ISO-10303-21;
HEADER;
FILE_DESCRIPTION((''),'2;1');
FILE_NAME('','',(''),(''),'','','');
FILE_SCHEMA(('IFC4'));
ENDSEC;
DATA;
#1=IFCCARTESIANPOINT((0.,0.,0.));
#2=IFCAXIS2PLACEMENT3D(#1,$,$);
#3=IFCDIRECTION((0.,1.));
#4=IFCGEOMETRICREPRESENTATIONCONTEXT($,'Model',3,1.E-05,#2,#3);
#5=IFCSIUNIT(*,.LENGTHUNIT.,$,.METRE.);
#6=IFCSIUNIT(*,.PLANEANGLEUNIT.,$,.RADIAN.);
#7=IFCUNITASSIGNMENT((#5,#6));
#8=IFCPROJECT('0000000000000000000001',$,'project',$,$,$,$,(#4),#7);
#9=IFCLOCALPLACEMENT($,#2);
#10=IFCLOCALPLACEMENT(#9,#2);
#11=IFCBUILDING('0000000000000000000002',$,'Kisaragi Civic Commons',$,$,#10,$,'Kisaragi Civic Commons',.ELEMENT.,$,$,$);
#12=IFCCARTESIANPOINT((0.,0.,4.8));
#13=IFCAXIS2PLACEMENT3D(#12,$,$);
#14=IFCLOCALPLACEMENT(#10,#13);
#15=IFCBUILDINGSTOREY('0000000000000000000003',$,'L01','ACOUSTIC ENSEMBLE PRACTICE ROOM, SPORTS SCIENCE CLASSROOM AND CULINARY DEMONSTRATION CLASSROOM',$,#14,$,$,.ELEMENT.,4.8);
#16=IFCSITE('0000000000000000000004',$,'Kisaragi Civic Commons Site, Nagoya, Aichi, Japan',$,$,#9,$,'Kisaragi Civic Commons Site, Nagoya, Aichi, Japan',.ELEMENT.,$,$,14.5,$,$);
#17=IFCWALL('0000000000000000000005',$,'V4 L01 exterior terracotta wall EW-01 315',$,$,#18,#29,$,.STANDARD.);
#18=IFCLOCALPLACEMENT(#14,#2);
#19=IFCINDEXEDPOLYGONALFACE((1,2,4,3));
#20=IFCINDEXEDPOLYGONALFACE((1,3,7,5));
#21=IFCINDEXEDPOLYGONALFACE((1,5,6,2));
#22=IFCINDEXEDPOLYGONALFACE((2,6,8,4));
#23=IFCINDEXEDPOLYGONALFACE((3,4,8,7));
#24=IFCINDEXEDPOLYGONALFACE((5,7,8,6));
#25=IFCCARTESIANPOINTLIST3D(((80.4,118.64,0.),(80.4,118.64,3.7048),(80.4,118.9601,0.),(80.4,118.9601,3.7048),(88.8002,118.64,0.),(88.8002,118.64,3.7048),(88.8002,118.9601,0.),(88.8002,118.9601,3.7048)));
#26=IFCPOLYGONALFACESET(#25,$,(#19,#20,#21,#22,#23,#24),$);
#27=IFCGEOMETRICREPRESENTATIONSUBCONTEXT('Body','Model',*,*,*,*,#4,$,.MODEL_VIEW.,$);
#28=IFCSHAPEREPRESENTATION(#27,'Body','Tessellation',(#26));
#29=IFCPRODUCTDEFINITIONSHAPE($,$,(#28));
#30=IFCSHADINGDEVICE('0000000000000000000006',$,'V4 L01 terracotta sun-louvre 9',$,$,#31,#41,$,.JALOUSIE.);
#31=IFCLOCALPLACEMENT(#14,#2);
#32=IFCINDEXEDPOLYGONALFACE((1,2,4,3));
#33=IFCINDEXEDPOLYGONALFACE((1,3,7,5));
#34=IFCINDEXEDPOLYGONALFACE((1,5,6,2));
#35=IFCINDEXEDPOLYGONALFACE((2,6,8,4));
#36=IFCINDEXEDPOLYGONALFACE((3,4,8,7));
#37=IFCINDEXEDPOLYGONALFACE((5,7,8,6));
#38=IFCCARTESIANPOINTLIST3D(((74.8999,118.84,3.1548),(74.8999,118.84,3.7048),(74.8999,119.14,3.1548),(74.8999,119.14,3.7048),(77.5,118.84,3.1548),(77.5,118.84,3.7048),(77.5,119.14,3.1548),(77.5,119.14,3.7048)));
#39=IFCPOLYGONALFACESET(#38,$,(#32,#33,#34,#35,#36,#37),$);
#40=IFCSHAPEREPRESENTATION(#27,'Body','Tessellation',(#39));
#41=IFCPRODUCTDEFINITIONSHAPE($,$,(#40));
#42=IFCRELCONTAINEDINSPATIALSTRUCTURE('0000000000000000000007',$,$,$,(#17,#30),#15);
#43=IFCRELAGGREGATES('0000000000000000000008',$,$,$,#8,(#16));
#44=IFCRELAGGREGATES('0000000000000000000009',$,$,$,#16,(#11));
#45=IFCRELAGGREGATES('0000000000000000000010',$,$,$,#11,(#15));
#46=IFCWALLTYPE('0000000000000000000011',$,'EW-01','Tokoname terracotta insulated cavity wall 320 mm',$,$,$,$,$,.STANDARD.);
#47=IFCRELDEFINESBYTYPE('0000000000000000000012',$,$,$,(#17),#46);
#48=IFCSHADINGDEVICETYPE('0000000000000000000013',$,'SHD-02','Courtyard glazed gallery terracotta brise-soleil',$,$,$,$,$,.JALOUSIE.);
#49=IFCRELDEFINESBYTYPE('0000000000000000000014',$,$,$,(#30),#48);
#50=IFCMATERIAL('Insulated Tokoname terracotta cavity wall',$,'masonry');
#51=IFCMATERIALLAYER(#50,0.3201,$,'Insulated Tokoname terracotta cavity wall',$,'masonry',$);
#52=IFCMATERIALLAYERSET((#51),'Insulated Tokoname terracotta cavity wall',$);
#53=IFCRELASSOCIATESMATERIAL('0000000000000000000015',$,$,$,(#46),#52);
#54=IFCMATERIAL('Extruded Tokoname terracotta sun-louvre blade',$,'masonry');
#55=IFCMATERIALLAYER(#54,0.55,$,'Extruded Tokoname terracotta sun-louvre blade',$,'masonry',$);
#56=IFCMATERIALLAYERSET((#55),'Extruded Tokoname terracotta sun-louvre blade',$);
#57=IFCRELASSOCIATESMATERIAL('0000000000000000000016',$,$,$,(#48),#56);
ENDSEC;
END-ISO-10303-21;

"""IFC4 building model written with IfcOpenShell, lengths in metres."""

from ifc_helpers import new_model, si_unit, direction, frame, frame_2d, origin, origin_2d, place, context, subcontext, project, spatial, rectangle, extrude, material, layer, layer_set, type_object, element, save


model = new_model("IFC4")

# Units and contexts
model_context = context("Model", 3, precision=1e-05, world=origin(), true_north=direction((0.0, 1.0)))
body_context = subcontext(model_context, "Body", "Model", "MODEL_VIEW")
ifc_project = project(units=[si_unit("LENGTHUNIT", "METRE"), si_unit("PLANEANGLEUNIT", "RADIAN")], contexts=[model_context])

# Site, building, storey
site_placement = place(None, origin())
site = spatial("IfcSite", under=ifc_project, at=site_placement, Name="Kisaragi Civic Commons Site, Nagoya, Aichi, Japan", LongName="Kisaragi Civic Commons Site, Nagoya, Aichi, Japan", CompositionType="ELEMENT", RefElevation=14.5)
building_placement = place(site_placement, origin())
building = spatial("IfcBuilding", under=site, at=building_placement, Name="Kisaragi Civic Commons", LongName="Kisaragi Civic Commons", CompositionType="ELEMENT")
storey_placement = place(building_placement, frame((0.0, 0.0, 4.8)))
storey = spatial("IfcBuildingStorey", under=building, at=storey_placement, Name="L01", Description="ACOUSTIC ENSEMBLE PRACTICE ROOM, SPORTS SCIENCE CLASSROOM AND CULINARY DEMONSTRATION CLASSROOM", CompositionType="ELEMENT", Elevation=4.8)

# Wall
ifc_material_1 = material(Name="Insulated Tokoname terracotta cavity wall", Category="masonry")
ifc_layer_1 = layer(ifc_material_1, 0.3201, Name="Insulated Tokoname terracotta cavity wall", Category="masonry")
ifc_layer_set_1 = layer_set([ifc_layer_1], Name="Insulated Tokoname terracotta cavity wall")
wall_type = type_object("IfcWallType", Name="EW-01", Description="Tokoname terracotta insulated cavity wall 320 mm", PredefinedType="STANDARD", material=ifc_layer_set_1)
wall_placement = place(storey_placement, frame((80.3999, 118.8, 0.0), z_axis=(0.0, 0.0, 1.0), x_axis=(1.0, 0.0, 0.0)))
element("IfcWall", 1, at=wall_placement, inside=storey, type_object=wall_type, Name="V4 L01 exterior terracotta wall EW-01 315", PredefinedType="STANDARD", context=body_context, shape_type="SweptSolid", body=[
    extrude(rectangle(XDim=8.4001, YDim=0.3201, at=frame_2d((4.2002, 0.0))), origin(), (0.0, 0.0, 1.0), 3.7048),
])

# Shading device
ifc_material_2 = material(Name="Extruded Tokoname terracotta sun-louvre blade", Category="masonry")
ifc_layer_2 = layer(ifc_material_2, 0.55, Name="Extruded Tokoname terracotta sun-louvre blade", Category="masonry")
ifc_layer_set_2 = layer_set([ifc_layer_2], Name="Extruded Tokoname terracotta sun-louvre blade")
shading_device_type = type_object("IfcShadingDeviceType", Name="SHD-02", Description="Courtyard glazed gallery terracotta brise-soleil", PredefinedType="JALOUSIE", material=ifc_layer_set_2)
shading_device_placement = place(storey_placement, frame((76.2, 118.99, 3.1548), z_axis=(0.0, 0.0, 1.0), x_axis=(1.0, 0.0, 0.0)))
element("IfcShadingDevice", 2, at=shading_device_placement, inside=storey, type_object=shading_device_type, Name="V4 L01 terracotta sun-louvre 9", PredefinedType="JALOUSIE", context=body_context, shape_type="SweptSolid", body=[
    extrude(rectangle(XDim=2.6001, YDim=0.3, at=origin_2d()), origin(), (0.0, 0.0, 1.0), 0.55),
])

save(model, "model.ifc")
